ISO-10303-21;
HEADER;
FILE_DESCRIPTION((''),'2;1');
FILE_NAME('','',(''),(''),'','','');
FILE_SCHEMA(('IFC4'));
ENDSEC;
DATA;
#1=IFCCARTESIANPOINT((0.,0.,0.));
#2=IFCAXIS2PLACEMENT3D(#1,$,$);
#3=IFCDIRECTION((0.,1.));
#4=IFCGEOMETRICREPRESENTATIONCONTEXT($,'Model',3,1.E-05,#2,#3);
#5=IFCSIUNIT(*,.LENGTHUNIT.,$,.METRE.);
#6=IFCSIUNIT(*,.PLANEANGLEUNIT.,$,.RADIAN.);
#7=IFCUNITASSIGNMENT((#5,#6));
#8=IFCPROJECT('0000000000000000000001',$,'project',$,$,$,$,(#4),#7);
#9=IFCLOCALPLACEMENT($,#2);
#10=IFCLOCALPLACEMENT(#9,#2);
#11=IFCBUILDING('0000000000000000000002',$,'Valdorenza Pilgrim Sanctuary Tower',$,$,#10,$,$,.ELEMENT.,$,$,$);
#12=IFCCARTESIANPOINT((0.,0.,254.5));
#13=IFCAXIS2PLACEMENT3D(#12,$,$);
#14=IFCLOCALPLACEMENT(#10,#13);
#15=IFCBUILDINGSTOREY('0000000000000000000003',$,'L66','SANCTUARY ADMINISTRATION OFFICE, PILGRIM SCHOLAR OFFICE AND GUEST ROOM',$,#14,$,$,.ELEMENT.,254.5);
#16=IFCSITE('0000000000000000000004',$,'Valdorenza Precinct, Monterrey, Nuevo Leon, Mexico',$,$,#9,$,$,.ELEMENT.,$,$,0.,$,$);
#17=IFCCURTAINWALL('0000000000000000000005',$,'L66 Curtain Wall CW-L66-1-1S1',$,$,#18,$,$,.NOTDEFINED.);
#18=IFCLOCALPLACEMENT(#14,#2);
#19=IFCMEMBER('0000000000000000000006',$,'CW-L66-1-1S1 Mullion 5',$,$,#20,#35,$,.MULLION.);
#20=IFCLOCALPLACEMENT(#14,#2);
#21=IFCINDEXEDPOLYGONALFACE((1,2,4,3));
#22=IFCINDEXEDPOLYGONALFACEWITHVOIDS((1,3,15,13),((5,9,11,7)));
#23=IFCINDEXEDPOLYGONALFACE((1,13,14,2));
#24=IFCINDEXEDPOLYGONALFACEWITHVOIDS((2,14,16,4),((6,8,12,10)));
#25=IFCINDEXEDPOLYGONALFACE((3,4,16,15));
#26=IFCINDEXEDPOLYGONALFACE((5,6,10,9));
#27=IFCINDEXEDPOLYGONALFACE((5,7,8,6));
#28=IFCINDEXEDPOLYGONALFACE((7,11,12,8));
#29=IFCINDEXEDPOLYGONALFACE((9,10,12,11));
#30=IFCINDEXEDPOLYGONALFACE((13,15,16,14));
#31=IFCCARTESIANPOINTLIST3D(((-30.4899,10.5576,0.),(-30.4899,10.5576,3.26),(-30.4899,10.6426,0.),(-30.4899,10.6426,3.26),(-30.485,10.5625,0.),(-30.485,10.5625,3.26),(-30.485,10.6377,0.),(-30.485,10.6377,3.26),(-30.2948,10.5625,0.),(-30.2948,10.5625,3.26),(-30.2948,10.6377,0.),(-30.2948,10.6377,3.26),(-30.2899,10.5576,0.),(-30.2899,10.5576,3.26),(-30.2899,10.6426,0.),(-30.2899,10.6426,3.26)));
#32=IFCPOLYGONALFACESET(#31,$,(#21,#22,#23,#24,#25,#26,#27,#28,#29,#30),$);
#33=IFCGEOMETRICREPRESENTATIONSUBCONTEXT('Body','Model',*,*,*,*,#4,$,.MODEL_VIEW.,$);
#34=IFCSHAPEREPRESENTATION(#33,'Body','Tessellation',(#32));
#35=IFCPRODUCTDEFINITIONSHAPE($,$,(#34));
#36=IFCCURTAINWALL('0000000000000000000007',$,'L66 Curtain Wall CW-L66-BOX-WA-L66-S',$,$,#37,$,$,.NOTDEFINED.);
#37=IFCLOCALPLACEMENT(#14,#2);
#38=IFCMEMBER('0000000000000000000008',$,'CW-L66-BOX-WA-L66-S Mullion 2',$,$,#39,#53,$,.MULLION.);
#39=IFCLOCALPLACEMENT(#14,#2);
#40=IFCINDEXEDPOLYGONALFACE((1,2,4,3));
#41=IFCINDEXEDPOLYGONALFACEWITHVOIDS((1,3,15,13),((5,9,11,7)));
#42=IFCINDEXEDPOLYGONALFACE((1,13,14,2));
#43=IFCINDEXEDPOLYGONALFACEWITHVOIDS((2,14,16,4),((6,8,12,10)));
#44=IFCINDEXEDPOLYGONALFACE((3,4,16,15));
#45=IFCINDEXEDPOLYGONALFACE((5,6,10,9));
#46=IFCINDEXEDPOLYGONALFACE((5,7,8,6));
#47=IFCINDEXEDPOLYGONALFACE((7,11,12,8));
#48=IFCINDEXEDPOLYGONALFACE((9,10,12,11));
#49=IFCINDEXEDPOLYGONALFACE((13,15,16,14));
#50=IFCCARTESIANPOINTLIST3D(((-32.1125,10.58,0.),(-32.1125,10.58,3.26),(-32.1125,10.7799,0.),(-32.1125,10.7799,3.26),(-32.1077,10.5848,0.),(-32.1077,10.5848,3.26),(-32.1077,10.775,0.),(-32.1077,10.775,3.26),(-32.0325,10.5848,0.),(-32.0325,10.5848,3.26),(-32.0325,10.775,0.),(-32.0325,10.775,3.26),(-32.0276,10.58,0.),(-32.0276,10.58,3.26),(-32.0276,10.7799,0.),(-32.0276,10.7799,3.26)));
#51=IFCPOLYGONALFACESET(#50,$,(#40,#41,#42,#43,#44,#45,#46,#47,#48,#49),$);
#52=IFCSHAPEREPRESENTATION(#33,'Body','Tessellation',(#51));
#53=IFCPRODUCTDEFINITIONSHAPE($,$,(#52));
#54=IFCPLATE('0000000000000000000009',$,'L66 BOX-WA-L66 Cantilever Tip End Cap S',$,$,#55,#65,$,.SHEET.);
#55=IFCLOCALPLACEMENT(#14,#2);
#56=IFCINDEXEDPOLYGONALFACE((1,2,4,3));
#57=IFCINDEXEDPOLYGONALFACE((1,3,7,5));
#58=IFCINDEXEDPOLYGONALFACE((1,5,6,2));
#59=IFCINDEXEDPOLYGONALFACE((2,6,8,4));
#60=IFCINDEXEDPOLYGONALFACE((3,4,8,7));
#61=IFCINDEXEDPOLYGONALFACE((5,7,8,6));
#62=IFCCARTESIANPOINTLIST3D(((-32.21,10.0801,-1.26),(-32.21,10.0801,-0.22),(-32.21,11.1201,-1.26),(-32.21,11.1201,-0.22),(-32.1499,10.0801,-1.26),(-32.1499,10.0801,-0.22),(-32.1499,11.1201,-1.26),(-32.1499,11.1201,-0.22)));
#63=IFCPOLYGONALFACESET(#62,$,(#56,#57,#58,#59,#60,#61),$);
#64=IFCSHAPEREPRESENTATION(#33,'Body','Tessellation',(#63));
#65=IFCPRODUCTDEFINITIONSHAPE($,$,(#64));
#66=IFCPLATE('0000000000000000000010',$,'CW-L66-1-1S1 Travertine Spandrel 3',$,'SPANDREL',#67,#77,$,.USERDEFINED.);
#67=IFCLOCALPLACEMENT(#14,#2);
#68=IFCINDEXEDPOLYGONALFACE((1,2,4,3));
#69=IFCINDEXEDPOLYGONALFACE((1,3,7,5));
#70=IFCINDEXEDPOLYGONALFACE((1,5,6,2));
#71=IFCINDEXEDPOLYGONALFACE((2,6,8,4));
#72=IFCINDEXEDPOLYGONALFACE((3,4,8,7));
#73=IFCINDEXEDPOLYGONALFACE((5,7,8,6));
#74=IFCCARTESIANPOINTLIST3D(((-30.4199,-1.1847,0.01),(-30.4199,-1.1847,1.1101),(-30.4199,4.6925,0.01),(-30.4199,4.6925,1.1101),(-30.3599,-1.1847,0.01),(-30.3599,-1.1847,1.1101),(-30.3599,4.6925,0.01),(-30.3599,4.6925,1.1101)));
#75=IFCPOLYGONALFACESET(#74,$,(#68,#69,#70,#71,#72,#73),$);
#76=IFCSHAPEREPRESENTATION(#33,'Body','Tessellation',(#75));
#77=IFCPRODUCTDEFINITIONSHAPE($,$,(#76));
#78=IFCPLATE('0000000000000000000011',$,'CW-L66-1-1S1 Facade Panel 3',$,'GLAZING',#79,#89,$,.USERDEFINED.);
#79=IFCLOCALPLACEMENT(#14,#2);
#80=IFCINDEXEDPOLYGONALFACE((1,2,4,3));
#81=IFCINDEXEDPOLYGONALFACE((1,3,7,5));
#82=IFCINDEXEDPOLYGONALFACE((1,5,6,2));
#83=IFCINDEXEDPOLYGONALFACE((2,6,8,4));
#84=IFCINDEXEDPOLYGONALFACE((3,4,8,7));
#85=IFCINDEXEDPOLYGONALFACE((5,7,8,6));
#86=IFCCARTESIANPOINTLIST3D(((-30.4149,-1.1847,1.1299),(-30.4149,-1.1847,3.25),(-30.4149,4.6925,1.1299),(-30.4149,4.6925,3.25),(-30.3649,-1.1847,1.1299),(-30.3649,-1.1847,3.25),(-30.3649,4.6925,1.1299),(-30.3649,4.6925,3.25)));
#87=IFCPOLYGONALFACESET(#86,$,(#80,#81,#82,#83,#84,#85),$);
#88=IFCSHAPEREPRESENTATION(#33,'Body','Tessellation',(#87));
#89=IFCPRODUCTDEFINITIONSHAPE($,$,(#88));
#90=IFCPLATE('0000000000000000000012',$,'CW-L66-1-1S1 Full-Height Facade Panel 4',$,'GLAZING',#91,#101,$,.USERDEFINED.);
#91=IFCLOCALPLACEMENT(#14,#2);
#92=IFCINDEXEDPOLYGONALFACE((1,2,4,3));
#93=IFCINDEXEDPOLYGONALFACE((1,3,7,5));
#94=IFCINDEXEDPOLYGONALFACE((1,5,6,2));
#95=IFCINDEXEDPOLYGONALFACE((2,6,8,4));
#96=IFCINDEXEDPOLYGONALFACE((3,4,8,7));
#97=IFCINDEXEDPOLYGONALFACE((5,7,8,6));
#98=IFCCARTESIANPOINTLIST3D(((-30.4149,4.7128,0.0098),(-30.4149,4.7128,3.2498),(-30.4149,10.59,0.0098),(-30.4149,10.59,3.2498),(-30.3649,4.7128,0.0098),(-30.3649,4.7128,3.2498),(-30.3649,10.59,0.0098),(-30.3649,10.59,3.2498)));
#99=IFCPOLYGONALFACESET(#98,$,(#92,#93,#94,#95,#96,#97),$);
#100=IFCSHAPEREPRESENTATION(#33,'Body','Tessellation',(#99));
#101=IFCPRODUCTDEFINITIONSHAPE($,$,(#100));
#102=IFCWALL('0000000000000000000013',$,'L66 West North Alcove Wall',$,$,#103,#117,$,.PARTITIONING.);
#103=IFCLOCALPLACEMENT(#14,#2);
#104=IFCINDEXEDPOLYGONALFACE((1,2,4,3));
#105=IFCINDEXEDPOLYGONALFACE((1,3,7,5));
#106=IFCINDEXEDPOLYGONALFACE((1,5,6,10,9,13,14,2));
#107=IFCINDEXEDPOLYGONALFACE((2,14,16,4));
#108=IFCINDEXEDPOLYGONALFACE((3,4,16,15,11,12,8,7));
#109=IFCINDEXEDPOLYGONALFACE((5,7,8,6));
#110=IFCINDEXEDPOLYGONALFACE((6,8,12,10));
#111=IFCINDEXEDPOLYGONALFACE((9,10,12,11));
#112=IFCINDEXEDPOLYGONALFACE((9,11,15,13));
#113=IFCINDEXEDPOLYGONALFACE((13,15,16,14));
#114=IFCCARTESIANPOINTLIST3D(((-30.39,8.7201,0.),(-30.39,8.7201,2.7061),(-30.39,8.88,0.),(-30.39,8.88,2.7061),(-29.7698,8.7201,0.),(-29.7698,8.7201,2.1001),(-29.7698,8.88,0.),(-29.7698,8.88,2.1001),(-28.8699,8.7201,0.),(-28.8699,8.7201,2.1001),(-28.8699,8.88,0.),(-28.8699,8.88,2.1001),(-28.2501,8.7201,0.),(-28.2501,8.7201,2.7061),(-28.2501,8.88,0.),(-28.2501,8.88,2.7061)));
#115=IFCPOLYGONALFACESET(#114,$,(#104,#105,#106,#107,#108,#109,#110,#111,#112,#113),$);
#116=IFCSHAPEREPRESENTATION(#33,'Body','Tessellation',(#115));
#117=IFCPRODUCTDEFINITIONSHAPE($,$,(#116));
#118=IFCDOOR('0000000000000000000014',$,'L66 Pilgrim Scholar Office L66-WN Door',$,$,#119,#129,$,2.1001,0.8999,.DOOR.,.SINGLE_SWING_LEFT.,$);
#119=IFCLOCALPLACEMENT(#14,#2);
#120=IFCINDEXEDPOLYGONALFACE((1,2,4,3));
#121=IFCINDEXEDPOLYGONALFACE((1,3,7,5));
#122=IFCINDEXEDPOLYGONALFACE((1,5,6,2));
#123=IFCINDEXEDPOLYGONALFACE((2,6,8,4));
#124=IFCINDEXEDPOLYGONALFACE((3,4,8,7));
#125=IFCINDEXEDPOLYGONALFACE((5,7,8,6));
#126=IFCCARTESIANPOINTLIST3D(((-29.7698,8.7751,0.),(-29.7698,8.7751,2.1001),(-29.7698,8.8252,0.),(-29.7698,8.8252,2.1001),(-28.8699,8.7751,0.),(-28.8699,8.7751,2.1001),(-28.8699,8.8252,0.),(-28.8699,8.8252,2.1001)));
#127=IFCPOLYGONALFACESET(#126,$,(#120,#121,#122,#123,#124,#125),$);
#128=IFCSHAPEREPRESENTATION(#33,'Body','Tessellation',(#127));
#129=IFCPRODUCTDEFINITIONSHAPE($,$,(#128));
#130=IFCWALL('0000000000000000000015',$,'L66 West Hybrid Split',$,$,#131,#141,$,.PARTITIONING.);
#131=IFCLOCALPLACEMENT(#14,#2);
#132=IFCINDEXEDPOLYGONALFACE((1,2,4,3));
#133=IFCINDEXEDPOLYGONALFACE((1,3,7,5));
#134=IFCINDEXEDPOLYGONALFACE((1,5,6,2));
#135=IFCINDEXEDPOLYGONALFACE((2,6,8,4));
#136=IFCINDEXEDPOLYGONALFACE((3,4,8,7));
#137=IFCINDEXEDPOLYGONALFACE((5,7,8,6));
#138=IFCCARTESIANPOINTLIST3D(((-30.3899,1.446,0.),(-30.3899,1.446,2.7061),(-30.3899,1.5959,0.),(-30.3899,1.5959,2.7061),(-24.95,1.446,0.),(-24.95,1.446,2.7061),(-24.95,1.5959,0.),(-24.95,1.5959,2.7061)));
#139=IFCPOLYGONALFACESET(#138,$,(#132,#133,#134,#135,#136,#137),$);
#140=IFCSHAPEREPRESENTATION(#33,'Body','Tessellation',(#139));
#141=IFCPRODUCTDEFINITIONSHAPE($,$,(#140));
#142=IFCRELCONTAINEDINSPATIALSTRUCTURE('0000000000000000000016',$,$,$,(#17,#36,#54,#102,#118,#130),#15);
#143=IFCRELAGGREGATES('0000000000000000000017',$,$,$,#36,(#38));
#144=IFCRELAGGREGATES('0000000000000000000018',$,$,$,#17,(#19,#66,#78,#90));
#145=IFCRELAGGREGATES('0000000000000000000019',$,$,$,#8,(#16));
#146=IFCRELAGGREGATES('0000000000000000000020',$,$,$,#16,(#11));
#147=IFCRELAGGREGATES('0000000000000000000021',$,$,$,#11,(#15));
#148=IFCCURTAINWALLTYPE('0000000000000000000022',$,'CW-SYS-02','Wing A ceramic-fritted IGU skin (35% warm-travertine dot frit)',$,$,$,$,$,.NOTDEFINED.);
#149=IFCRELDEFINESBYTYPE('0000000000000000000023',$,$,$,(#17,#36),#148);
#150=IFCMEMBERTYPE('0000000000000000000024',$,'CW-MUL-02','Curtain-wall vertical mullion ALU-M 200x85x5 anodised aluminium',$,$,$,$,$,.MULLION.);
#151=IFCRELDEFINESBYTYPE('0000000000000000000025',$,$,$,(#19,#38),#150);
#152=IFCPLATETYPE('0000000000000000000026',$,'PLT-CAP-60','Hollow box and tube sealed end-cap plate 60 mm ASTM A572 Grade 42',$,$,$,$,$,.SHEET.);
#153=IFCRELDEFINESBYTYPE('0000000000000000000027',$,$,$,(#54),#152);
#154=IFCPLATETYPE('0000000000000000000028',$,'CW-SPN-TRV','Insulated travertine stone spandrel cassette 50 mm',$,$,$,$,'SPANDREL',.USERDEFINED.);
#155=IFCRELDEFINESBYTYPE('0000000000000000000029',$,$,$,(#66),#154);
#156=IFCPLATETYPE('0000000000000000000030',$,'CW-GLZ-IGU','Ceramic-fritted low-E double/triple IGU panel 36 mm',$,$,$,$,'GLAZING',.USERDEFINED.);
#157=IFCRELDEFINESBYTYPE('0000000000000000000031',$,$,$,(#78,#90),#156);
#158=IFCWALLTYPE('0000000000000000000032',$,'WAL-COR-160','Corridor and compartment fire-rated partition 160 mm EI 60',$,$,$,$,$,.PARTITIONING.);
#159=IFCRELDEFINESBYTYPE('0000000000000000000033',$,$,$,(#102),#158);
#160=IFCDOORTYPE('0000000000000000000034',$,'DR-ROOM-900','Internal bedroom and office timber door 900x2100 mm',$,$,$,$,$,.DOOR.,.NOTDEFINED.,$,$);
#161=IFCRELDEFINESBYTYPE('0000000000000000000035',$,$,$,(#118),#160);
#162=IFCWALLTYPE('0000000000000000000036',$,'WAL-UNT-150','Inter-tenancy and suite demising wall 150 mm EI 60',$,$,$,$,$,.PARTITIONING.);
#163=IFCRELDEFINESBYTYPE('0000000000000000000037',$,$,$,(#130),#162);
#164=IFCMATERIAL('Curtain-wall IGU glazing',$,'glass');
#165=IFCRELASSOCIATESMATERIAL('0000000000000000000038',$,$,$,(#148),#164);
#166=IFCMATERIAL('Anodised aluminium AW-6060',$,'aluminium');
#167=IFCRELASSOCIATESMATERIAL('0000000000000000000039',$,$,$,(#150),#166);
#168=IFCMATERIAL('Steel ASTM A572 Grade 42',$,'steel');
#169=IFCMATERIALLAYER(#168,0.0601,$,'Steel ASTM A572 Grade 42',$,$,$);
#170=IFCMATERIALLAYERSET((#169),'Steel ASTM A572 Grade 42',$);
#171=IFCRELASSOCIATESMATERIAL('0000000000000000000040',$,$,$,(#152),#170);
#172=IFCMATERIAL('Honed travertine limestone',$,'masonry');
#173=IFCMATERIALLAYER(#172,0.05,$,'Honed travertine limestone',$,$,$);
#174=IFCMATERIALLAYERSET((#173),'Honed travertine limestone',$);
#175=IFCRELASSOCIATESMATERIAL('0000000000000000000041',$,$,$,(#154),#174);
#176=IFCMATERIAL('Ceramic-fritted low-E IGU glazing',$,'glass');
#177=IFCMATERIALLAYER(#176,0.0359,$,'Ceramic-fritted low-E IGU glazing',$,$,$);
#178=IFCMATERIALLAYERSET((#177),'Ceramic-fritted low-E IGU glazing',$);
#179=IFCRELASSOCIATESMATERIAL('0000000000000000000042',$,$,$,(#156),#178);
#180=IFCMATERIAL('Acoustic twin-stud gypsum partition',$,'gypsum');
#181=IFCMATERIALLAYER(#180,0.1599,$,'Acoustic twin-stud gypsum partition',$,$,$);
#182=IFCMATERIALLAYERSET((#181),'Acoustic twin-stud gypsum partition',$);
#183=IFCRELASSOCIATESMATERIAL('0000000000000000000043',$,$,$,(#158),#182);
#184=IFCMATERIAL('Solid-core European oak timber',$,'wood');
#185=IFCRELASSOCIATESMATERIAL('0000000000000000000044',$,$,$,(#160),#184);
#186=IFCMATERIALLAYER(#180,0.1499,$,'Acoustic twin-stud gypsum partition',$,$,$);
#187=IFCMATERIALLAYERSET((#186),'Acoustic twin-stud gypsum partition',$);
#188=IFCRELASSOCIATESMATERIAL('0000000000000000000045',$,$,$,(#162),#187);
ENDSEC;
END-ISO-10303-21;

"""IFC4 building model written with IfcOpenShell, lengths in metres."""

from ifc_helpers import new_model, si_unit, direction, frame, frame_2d, origin, origin_2d, place, context, subcontext, project, spatial, rectangle, hollow_rectangle, extrude, source, transform, mapped, material, layer, layer_set, material_profile, profile_set, type_object, element, fill, aggregate, save


model = new_model("IFC4")

# Units and contexts
model_context = context("Model", 3, precision=1e-05, world=origin(), true_north=direction((0.0, 1.0)))
body_context = subcontext(model_context, "Body", "Model", "MODEL_VIEW")
ifc_project = project(units=[si_unit("LENGTHUNIT", "METRE"), si_unit("PLANEANGLEUNIT", "RADIAN")], contexts=[model_context])

# Site, building, storey
site_placement = place(None, origin())
site = spatial("IfcSite", under=ifc_project, at=site_placement, Name="Valdorenza Precinct, Monterrey, Nuevo Leon, Mexico", CompositionType="ELEMENT", RefElevation=0.0)
building_placement = place(site_placement, origin())
building = spatial("IfcBuilding", under=site, at=building_placement, Name="Valdorenza Pilgrim Sanctuary Tower", CompositionType="ELEMENT")
storey_placement = place(building_placement, frame((0.0, 0.0, 254.5)))
storey = spatial("IfcBuildingStorey", under=building, at=storey_placement, Name="L66", Description="SANCTUARY ADMINISTRATION OFFICE, PILGRIM SCHOLAR OFFICE AND GUEST ROOM", CompositionType="ELEMENT", Elevation=254.5)

# Shared definitions
ifc_material_1 = material(Name="Curtain-wall IGU glazing", Category="glass")
curtain_wall_type = type_object("IfcCurtainWallType", Name="CW-SYS-02", Description="Wing A ceramic-fritted IGU skin (35% warm-travertine dot frit)", PredefinedType="NOTDEFINED", material=ifc_material_1)
ifc_material_2 = material(Name="Anodised aluminium AW-6060", Category="aluminium")

# Curtain wall, member
curtain_wall_1_placement = place(storey_placement, origin())
curtain_wall_1 = element("IfcCurtainWall", 1, at=curtain_wall_1_placement, inside=storey, type_object=curtain_wall_type, Name="L66 Curtain Wall CW-L66-1-1S1", PredefinedType="NOTDEFINED")
ifc_material_profile_1 = material_profile(ifc_material_2, hollow_rectangle(XDim=0.085, YDim=0.2, WallThickness=0.0049, at=origin_2d()), Name="ALU-M 200x85x5")
ifc_profile_set_1 = profile_set([ifc_material_profile_1], Name="Anodised aluminium AW-6060")
member_type_1 = type_object("IfcMemberType", Name="CW-MUL-02", Description="Curtain-wall vertical mullion ALU-M 200x85x5 anodised aluminium", PredefinedType="MULLION", material=ifc_profile_set_1)
shared_shape_1 = source(origin(), body_context, "Body", "SweptSolid", [
    extrude(hollow_rectangle(XDim=0.085, YDim=0.2, WallThickness=0.0049, at=origin_2d()), origin(), (0.0, 0.0, 1.0), 3.26),
])
member_1_placement = place(storey_placement, frame((-30.3899, 10.6001, 0.0), z_axis=(0.0, 0.0, 1.0), x_axis=(0.0, 1.0, 0.0)))
member_1 = element("IfcMember", 2, at=member_1_placement, type_object=member_type_1, Name="CW-L66-1-1S1 Mullion 5", PredefinedType="MULLION", context=body_context, shape_type="MappedRepresentation", body=[
    mapped(shared_shape_1, transform((0.0, 0.0, 0.0), x_axis=(1.0, 0.0, 0.0), y_axis=(0.0, 1.0, 0.0), z_axis=(0.0, 0.0, 1.0), scale=1.0)),
])

# Curtain wall, member
curtain_wall_2_placement = place(storey_placement, origin())
curtain_wall_2 = element("IfcCurtainWall", 3, at=curtain_wall_2_placement, inside=storey, type_object=curtain_wall_type, Name="L66 Curtain Wall CW-L66-BOX-WA-L66-S", PredefinedType="NOTDEFINED")
member_2_placement = place(storey_placement, frame((-32.0701, 10.6799, 0.0), z_axis=(0.0, 0.0, 1.0), x_axis=(-1.0, 0.0, 0.0)))
member_2 = element("IfcMember", 4, at=member_2_placement, type_object=member_type_1, Name="CW-L66-BOX-WA-L66-S Mullion 2", PredefinedType="MULLION", context=body_context, shape_type="MappedRepresentation", body=[
    mapped(shared_shape_1, transform((0.0, 0.0, 0.0), x_axis=(1.0, 0.0, 0.0), y_axis=(0.0, 1.0, 0.0), z_axis=(0.0, 0.0, 1.0), scale=1.0)),
])
aggregate(curtain_wall_2, [member_2])

# Plates
ifc_material_3 = material(Name="Steel ASTM A572 Grade 42", Category="steel")
ifc_layer_1 = layer(ifc_material_3, 0.0601, Name="Steel ASTM A572 Grade 42")
ifc_layer_set_1 = layer_set([ifc_layer_1], Name="Steel ASTM A572 Grade 42")
plate_type_1 = type_object("IfcPlateType", Name="PLT-CAP-60", Description="Hollow box and tube sealed end-cap plate 60 mm ASTM A572 Grade 42", PredefinedType="SHEET", material=ifc_layer_set_1)
shared_shape_2 = source(origin(), body_context, "Body", "SweptSolid", [
    extrude(rectangle(XDim=0.0601, YDim=1.04, at=origin_2d()), origin(), (0.0, 0.0, 1.0), 1.04),
])
plate_1_placement = place(storey_placement, frame((-32.1799, 10.6001, -1.26), z_axis=(0.0, 0.0, 1.0), x_axis=(1.0, 0.0, 0.0)))
element("IfcPlate", 5, at=plate_1_placement, inside=storey, type_object=plate_type_1, Name="L66 BOX-WA-L66 Cantilever Tip End Cap S", PredefinedType="SHEET", context=body_context, shape_type="MappedRepresentation", body=[
    mapped(shared_shape_2, transform((0.0, 0.0, 0.0), x_axis=(1.0, 0.0, 0.0), y_axis=(0.0, 1.0, 0.0), z_axis=(0.0, 0.0, 1.0), scale=1.0)),
])
ifc_material_4 = material(Name="Honed travertine limestone", Category="masonry")
ifc_layer_2 = layer(ifc_material_4, 0.05, Name="Honed travertine limestone")
ifc_layer_set_2 = layer_set([ifc_layer_2], Name="Honed travertine limestone")
plate_type_2 = type_object("IfcPlateType", Name="CW-SPN-TRV", Description="Insulated travertine stone spandrel cassette 50 mm", ElementType="SPANDREL", PredefinedType="USERDEFINED", material=ifc_layer_set_2)
shared_shape_3 = source(origin(), body_context, "Body", "SweptSolid", [
    extrude(rectangle(XDim=5.8772, YDim=0.0601, at=origin_2d()), origin(), (0.0, 0.0, 1.0), 1.1001),
])
plate_2_placement = place(storey_placement, frame((-30.3899, 1.7539, 0.01), z_axis=(0.0, 0.0, 1.0), x_axis=(0.0, 1.0, 0.0)))
plate_2 = element("IfcPlate", 6, at=plate_2_placement, type_object=plate_type_2, Name="CW-L66-1-1S1 Travertine Spandrel 3", ObjectType="SPANDREL", PredefinedType="USERDEFINED", context=body_context, shape_type="MappedRepresentation", body=[
    mapped(shared_shape_3, transform((0.0, 0.0, 0.0), x_axis=(1.0, 0.0, 0.0), y_axis=(0.0, 1.0, 0.0), z_axis=(0.0, 0.0, 1.0), scale=1.0)),
])
ifc_material_5 = material(Name="Ceramic-fritted low-E IGU glazing", Category="glass")
ifc_layer_3 = layer(ifc_material_5, 0.0359, Name="Ceramic-fritted low-E IGU glazing")
ifc_layer_set_3 = layer_set([ifc_layer_3], Name="Ceramic-fritted low-E IGU glazing")
plate_type_3 = type_object("IfcPlateType", Name="CW-GLZ-IGU", Description="Ceramic-fritted low-E double/triple IGU panel 36 mm", ElementType="GLAZING", PredefinedType="USERDEFINED", material=ifc_layer_set_3)
shared_shape_4 = source(origin(), body_context, "Body", "SweptSolid", [
    extrude(rectangle(XDim=5.8772, YDim=0.05, at=origin_2d()), origin(), (0.0, 0.0, 1.0), 2.1201),
])
plate_3_placement = place(storey_placement, frame((-30.3899, 1.7539, 1.1299), z_axis=(0.0, 0.0, 1.0), x_axis=(0.0, 1.0, 0.0)))
plate_3 = element("IfcPlate", 7, at=plate_3_placement, type_object=plate_type_3, Name="CW-L66-1-1S1 Facade Panel 3", ObjectType="GLAZING", PredefinedType="USERDEFINED", context=body_context, shape_type="MappedRepresentation", body=[
    mapped(shared_shape_4, transform((0.0, 0.0, 0.0), x_axis=(1.0, 0.0, 0.0), y_axis=(0.0, 1.0, 0.0), z_axis=(0.0, 0.0, 1.0), scale=1.0)),
])
shared_shape_5 = source(origin(), body_context, "Body", "SweptSolid", [
    extrude(rectangle(XDim=5.8772, YDim=0.05, at=origin_2d()), origin(), (0.0, 0.0, 1.0), 3.24),
])
plate_4_placement = place(storey_placement, frame((-30.3899, 7.6514, 0.0098), z_axis=(0.0, 0.0, 1.0), x_axis=(0.0, 1.0, 0.0)))
plate_4 = element("IfcPlate", 8, at=plate_4_placement, type_object=plate_type_3, Name="CW-L66-1-1S1 Full-Height Facade Panel 4", ObjectType="GLAZING", PredefinedType="USERDEFINED", context=body_context, shape_type="MappedRepresentation", body=[
    mapped(shared_shape_5, transform((0.0, 0.0, 0.0), x_axis=(1.0, 0.0, 0.0), y_axis=(0.0, 1.0, 0.0), z_axis=(0.0, 0.0, 1.0), scale=1.0)),
])
aggregate(curtain_wall_1, [member_1, plate_2, plate_3, plate_4])

# Wall, opening, door
ifc_material_6 = material(Name="Acoustic twin-stud gypsum partition", Category="gypsum")
ifc_layer_4 = layer(ifc_material_6, 0.1599, Name="Acoustic twin-stud gypsum partition")
ifc_layer_set_4 = layer_set([ifc_layer_4], Name="Acoustic twin-stud gypsum partition")
wall_type_1 = type_object("IfcWallType", Name="WAL-COR-160", Description="Corridor and compartment fire-rated partition 160 mm EI 60", PredefinedType="PARTITIONING", material=ifc_layer_set_4)
wall_1_placement = place(storey_placement, frame((-30.3899, 8.8, 0.0), z_axis=(0.0, 0.0, 1.0), x_axis=(1.0, 0.0, 0.0)))
wall_1 = element("IfcWall", 9, at=wall_1_placement, inside=storey, type_object=wall_type_1, Name="L66 West North Alcove Wall", PredefinedType="PARTITIONING", context=body_context, shape_type="SweptSolid", body=[
    extrude(rectangle(XDim=2.1399, YDim=0.1599, at=frame_2d((1.0698, 0.0))), origin(), (0.0, 0.0, 1.0), 2.7061),
])
opening_placement = place(wall_1_placement, frame((0.6201, 0.0, 0.0)))
opening = element("IfcOpeningElement", 10, at=opening_placement, cuts=wall_1, PredefinedType="OPENING", context=body_context, shape_type="SweptSolid", body=[
    extrude(rectangle(XDim=0.8999, YDim=2.1001, at=frame_2d((0.45, 1.05))), frame((0.0, 0.0947, 0.0), z_axis=(0.0, -1.0, 0.0), x_axis=(1.0, 0.0, 0.0)), (0.0, 0.0, 1.0), 0.1897),
])
ifc_material_7 = material(Name="Solid-core European oak timber", Category="wood")
door_type = type_object("IfcDoorType", Name="DR-ROOM-900", Description="Internal bedroom and office timber door 900x2100 mm", OperationType="NOTDEFINED", PredefinedType="DOOR", material=ifc_material_7)
door_placement = place(opening_placement, frame((0.8999, 0.0, 0.0), z_axis=(0.0, 0.0, 1.0), x_axis=(-1.0, 0.0, 0.0)))
door = element("IfcDoor", 11, at=door_placement, inside=storey, type_object=door_type, Name="L66 Pilgrim Scholar Office L66-WN Door", OperationType="SINGLE_SWING_LEFT", OverallHeight=2.1001, OverallWidth=0.8999, PredefinedType="DOOR", context=body_context, shape_type="SweptSolid", body=[
    extrude(rectangle(XDim=0.8999, YDim=2.1001, at=frame_2d((0.45, 1.05))), frame((0.0, 0.0249, 0.0), z_axis=(0.0, -1.0, 0.0), x_axis=(1.0, 0.0, 0.0)), (0.0, 0.0, 1.0), 0.05),
])
fill(opening, door)

# Wall
ifc_layer_5 = layer(ifc_material_6, 0.1499, Name="Acoustic twin-stud gypsum partition")
ifc_layer_set_5 = layer_set([ifc_layer_5], Name="Acoustic twin-stud gypsum partition")
wall_type_2 = type_object("IfcWallType", Name="WAL-UNT-150", Description="Inter-tenancy and suite demising wall 150 mm EI 60", PredefinedType="PARTITIONING", material=ifc_layer_set_5)
wall_2_placement = place(storey_placement, frame((-30.3899, 1.521, 0.0), z_axis=(0.0, 0.0, 1.0), x_axis=(1.0, 0.0, 0.0)))
element("IfcWall", 12, at=wall_2_placement, inside=storey, type_object=wall_type_2, Name="L66 West Hybrid Split", PredefinedType="PARTITIONING", context=body_context, shape_type="SweptSolid", body=[
    extrude(rectangle(XDim=5.4399, YDim=0.1499, at=frame_2d((2.72, 0.0))), origin(), (0.0, 0.0, 1.0), 2.7061),
])

save(model, "model.ifc")
